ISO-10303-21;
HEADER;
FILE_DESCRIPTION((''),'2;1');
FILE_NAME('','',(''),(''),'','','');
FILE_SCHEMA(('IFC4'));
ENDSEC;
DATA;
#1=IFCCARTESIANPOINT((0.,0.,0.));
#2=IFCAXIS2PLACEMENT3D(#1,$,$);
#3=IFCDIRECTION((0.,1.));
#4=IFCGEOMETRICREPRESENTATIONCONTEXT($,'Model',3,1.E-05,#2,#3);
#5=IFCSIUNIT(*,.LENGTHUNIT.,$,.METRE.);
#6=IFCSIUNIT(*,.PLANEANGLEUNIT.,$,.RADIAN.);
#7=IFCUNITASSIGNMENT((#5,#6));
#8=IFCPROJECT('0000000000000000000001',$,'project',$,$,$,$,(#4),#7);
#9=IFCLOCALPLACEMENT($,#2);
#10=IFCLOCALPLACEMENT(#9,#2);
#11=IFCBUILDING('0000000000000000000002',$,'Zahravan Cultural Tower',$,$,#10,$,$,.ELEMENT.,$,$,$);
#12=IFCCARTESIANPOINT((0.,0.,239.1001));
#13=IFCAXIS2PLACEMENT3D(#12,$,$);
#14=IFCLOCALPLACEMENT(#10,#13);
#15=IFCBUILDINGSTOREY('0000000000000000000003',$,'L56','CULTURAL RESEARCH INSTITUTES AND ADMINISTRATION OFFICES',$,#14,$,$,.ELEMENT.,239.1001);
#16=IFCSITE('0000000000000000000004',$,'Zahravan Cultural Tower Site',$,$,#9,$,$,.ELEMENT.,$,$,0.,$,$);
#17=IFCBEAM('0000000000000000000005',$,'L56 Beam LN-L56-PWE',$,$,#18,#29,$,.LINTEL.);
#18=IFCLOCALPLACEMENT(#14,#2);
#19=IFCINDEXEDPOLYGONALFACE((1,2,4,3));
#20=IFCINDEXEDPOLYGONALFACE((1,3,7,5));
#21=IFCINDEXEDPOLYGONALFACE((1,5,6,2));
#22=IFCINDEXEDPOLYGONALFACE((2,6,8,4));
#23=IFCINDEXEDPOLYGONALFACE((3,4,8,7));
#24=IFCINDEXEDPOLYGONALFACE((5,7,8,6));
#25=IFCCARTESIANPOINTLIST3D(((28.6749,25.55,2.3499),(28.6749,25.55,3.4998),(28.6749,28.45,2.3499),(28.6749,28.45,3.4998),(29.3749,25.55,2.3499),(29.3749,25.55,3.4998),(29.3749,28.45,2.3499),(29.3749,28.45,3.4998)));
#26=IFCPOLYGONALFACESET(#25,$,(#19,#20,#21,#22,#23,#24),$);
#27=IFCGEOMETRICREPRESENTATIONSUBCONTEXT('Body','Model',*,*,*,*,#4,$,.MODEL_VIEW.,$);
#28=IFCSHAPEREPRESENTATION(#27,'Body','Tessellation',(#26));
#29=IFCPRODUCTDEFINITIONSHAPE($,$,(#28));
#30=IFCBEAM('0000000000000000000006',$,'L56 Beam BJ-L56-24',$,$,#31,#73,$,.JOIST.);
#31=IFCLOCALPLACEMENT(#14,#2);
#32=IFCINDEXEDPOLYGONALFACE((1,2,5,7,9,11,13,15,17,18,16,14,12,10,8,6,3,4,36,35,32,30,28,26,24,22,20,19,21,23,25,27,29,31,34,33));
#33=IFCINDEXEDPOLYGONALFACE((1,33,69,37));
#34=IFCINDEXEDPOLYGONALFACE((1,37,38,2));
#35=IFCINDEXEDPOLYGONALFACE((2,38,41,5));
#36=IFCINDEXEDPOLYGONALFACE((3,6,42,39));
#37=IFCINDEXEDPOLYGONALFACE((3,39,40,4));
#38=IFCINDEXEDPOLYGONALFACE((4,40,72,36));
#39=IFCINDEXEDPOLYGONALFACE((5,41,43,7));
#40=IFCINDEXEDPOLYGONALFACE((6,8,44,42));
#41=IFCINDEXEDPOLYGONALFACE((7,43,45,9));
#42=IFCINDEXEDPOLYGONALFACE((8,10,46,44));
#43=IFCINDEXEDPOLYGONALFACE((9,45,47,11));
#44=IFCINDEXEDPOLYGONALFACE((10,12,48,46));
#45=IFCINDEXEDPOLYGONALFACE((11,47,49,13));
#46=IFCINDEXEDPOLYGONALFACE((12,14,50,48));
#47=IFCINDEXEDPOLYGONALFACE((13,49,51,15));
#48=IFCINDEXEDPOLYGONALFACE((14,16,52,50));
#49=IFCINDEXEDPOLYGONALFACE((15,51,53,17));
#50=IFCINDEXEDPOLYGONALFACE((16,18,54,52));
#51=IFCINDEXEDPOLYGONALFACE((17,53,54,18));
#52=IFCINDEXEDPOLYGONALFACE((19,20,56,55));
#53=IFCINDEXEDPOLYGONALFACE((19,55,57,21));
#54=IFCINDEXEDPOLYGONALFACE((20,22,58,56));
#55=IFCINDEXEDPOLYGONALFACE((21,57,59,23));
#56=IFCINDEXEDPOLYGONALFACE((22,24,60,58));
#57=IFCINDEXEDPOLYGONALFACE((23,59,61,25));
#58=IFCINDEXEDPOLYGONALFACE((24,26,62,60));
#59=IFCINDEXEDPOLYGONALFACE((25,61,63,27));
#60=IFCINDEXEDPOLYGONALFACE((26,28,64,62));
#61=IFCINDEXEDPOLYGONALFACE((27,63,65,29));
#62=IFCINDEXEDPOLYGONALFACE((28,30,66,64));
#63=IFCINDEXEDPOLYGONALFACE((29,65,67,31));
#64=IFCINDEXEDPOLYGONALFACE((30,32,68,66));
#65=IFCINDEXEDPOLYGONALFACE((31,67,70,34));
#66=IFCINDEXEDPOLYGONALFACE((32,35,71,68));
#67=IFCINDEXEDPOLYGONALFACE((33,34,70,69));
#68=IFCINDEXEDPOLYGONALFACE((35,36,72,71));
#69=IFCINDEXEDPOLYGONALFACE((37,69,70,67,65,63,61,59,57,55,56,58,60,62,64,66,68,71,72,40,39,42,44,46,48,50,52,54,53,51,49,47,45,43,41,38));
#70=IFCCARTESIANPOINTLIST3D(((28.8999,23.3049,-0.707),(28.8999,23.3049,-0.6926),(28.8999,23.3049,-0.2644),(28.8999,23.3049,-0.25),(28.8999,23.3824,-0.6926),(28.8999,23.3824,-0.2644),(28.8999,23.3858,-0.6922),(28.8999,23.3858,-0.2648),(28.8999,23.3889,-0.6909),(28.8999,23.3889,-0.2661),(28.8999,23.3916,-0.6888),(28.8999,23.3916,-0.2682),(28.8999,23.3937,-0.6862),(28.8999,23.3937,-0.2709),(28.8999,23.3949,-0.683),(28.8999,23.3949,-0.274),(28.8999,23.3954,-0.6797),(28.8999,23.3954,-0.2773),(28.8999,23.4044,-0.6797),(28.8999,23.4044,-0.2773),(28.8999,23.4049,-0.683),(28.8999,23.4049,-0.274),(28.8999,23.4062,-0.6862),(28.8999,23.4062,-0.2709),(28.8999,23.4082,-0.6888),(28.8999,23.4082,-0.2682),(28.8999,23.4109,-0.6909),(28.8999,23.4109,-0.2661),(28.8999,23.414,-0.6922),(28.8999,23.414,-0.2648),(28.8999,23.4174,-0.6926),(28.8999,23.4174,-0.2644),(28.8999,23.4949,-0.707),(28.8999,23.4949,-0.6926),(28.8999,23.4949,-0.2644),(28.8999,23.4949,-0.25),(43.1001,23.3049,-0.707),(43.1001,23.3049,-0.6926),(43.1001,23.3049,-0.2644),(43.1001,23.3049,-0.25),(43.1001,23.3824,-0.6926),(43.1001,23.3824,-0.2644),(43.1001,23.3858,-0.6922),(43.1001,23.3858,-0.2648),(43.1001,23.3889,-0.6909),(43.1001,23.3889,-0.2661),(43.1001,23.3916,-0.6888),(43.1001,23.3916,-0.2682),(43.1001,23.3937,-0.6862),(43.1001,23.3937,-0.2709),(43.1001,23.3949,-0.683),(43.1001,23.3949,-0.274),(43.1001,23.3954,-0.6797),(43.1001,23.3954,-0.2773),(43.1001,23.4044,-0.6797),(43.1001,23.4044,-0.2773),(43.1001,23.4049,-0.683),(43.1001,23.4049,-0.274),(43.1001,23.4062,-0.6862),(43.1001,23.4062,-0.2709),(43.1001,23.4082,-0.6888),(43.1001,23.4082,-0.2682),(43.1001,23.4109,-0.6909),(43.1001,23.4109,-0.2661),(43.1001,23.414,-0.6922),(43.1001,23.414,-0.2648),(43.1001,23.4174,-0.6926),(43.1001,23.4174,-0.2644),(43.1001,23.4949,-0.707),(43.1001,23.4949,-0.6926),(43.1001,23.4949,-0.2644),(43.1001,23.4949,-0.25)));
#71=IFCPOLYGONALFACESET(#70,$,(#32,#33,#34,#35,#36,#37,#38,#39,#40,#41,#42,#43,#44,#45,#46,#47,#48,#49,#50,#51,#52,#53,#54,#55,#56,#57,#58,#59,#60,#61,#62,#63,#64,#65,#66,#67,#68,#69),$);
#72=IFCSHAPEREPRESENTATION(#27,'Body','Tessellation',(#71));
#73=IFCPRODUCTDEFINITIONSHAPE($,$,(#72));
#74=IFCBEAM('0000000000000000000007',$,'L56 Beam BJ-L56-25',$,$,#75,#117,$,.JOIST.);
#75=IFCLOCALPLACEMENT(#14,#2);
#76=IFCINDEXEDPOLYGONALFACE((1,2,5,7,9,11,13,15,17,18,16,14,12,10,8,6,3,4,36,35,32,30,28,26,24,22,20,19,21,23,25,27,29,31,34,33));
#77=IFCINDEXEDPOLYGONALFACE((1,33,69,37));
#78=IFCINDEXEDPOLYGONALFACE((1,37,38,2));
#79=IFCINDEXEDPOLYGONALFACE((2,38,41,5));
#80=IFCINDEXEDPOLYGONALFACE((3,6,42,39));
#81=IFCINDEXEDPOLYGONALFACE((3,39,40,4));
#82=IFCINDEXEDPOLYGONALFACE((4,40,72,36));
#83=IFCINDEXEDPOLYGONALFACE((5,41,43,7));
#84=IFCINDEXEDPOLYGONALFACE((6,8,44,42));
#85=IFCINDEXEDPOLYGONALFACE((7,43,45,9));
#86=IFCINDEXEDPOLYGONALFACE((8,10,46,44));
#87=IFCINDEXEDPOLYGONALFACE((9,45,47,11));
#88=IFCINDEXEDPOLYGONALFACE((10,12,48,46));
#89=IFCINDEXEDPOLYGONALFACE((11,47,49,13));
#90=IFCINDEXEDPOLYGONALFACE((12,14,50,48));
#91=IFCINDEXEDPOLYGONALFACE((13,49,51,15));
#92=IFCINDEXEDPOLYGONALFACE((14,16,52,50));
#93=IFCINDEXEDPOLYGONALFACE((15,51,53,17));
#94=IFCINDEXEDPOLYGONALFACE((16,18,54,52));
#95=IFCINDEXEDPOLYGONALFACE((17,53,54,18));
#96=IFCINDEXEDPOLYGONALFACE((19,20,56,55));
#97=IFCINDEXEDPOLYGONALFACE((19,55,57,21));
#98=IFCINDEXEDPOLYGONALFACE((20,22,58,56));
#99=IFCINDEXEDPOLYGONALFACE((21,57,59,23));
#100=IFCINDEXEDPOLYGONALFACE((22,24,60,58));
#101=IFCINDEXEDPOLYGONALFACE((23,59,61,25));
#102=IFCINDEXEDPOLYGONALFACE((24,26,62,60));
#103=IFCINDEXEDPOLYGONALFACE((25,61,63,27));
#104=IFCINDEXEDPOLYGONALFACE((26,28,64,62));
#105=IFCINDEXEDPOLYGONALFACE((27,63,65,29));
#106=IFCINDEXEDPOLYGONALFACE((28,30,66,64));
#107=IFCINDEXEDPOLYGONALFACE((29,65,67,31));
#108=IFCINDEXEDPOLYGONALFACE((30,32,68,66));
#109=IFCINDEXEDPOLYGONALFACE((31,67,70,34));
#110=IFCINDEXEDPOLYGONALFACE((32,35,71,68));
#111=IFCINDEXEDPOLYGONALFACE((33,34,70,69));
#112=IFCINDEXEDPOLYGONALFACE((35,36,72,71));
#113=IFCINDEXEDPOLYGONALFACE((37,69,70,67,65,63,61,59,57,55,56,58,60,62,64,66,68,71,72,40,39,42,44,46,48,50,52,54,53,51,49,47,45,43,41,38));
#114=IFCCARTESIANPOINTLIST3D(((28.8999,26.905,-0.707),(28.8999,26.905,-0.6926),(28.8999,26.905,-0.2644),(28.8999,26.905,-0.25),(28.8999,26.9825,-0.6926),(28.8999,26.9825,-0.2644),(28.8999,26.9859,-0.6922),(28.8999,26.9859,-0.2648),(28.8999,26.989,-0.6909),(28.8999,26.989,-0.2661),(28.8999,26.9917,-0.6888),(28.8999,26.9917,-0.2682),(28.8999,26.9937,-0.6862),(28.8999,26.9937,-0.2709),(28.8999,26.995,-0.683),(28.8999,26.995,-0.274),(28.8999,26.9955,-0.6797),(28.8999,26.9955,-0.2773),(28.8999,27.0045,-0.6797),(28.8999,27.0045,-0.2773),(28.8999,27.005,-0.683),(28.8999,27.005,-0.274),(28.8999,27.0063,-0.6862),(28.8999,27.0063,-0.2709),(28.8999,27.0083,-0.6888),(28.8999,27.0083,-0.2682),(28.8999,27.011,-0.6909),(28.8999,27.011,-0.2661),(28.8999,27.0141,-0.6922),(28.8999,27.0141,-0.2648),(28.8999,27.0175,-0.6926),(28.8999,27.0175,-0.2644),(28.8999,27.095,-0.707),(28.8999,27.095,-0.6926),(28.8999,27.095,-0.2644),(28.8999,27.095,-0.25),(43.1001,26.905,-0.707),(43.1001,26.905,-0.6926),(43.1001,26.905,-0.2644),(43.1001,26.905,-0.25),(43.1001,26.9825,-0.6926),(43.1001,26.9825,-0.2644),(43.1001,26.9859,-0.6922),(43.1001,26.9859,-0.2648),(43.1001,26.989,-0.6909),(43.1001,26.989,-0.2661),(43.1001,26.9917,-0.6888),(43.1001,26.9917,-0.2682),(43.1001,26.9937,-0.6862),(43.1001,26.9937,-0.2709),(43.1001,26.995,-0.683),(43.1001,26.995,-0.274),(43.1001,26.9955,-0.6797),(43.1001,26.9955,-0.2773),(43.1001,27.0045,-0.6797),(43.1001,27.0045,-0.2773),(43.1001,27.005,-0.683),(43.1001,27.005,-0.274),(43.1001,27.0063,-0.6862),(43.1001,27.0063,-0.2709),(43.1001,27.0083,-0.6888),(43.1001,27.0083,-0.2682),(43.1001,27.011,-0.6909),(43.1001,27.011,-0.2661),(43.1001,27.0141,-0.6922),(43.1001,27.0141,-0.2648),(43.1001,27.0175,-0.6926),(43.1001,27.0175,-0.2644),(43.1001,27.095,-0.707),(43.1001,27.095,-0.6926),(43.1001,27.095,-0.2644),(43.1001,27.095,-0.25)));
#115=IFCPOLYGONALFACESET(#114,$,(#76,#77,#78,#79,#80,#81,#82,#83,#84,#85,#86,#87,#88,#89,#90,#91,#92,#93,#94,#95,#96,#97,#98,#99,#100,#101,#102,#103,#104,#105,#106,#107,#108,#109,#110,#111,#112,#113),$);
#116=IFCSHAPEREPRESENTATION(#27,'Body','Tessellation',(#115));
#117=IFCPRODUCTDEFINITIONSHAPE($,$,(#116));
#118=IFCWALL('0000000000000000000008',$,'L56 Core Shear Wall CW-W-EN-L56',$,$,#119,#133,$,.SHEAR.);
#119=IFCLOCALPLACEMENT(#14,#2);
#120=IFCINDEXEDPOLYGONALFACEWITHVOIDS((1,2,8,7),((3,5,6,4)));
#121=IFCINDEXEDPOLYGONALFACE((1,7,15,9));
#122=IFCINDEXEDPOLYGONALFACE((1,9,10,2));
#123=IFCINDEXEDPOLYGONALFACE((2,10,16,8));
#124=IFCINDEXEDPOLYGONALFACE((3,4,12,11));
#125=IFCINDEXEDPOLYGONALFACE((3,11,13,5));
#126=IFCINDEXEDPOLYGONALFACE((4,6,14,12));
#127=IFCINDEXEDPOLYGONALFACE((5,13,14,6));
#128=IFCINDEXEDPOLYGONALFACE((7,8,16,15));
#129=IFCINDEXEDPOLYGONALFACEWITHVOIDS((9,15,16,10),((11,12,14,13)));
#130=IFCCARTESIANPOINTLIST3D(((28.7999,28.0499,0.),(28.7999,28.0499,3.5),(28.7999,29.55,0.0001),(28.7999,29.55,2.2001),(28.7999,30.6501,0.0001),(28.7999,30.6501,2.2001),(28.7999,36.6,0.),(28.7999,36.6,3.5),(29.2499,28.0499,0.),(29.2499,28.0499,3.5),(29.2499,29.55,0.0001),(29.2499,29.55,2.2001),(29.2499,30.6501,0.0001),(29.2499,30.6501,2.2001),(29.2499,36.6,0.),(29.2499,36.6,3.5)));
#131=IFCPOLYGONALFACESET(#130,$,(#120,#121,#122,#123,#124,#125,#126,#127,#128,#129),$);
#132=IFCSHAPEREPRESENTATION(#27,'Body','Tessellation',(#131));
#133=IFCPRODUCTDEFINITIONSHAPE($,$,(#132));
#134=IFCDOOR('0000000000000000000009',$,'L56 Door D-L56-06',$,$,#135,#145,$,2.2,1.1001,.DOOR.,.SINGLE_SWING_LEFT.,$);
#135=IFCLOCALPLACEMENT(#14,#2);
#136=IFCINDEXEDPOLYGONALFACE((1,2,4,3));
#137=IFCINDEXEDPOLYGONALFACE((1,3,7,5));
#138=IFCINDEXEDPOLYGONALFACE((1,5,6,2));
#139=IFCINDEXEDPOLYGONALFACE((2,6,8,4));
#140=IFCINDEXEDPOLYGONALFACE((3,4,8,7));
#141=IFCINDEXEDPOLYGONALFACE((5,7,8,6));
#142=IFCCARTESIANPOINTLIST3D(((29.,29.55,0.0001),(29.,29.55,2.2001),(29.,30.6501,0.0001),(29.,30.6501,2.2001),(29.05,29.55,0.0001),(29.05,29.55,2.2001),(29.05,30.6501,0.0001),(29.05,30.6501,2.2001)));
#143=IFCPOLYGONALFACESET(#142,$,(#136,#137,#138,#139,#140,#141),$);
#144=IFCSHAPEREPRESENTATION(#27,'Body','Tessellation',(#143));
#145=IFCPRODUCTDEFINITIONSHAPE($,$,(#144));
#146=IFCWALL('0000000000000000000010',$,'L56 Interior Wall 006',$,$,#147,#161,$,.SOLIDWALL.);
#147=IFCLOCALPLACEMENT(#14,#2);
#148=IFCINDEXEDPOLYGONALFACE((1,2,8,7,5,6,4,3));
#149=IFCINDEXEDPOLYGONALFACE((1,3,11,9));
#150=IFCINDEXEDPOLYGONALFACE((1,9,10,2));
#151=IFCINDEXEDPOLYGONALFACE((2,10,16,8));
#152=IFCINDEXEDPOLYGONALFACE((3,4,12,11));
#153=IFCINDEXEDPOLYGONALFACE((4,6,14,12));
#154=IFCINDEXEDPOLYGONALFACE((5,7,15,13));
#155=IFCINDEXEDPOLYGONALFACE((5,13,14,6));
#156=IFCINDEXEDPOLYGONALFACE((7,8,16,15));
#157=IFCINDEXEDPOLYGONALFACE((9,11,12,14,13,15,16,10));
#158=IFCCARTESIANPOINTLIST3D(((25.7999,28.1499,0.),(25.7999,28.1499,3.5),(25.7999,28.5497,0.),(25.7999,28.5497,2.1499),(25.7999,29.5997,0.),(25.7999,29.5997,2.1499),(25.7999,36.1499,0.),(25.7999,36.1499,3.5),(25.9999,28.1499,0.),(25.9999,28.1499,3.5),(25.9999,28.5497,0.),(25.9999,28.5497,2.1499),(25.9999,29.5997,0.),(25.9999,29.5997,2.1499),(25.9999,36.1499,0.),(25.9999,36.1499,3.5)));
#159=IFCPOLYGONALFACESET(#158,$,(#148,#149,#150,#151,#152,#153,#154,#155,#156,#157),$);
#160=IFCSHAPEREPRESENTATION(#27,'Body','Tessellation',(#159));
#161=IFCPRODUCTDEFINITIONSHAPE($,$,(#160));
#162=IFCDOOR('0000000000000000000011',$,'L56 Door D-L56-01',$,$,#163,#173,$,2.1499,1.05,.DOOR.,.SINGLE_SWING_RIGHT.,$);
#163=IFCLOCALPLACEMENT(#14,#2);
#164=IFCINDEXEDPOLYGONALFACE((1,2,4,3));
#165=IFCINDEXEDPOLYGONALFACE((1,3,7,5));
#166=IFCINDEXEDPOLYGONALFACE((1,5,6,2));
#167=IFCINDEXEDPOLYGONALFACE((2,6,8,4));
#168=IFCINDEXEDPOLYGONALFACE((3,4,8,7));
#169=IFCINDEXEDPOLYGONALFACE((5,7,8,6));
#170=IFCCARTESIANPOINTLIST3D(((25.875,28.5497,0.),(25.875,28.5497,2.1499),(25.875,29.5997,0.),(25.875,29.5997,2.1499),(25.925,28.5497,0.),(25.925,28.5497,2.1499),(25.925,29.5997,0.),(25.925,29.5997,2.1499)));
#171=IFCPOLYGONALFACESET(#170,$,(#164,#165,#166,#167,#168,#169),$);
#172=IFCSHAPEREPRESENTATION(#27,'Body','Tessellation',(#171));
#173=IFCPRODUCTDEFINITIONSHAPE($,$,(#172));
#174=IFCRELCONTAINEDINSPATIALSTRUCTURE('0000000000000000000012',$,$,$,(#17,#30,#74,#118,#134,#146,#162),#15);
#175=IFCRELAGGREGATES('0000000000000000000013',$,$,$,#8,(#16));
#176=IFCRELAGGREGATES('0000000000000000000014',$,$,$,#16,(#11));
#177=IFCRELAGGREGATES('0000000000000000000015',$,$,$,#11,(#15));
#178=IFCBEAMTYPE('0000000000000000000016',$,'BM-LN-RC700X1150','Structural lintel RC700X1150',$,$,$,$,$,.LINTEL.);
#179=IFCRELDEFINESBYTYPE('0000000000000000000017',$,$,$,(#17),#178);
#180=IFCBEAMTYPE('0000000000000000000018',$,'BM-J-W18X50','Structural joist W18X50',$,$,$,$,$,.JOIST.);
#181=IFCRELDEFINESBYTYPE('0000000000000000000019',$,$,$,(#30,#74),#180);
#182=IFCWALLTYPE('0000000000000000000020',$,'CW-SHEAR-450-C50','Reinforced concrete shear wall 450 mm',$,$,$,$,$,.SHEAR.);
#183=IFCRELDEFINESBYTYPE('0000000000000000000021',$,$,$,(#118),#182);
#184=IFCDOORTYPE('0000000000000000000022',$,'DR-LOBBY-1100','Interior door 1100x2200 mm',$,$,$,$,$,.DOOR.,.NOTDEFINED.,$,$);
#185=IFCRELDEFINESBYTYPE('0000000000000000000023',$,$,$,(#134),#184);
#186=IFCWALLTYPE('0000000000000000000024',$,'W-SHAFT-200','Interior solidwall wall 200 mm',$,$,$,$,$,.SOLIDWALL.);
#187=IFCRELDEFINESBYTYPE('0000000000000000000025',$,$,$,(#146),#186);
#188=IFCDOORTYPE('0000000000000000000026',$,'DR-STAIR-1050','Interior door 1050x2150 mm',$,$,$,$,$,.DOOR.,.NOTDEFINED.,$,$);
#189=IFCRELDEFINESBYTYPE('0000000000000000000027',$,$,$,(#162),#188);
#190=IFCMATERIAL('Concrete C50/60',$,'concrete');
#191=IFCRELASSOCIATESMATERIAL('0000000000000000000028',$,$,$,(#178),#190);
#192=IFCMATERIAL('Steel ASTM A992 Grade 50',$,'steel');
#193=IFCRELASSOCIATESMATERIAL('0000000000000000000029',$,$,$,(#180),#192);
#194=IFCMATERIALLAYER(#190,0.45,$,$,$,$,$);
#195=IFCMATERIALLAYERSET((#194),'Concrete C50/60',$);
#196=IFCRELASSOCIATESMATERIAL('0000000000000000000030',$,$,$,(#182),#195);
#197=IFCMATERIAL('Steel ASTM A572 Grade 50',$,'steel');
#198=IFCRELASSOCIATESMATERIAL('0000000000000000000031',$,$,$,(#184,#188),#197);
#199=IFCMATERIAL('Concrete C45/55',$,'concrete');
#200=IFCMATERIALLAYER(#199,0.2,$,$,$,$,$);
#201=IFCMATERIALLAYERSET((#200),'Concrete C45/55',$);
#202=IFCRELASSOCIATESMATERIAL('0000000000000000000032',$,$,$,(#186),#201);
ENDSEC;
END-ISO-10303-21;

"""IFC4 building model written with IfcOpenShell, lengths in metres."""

from ifc_helpers import new_model, si_unit, direction, frame, frame_2d, origin, origin_2d, place, context, subcontext, project, spatial, rectangle, i_section, extrude, source, transform, mapped, material, layer, layer_set, material_profile, profile_set, type_object, element, fill, save


model = new_model("IFC4")

# Units and contexts
model_context = context("Model", 3, precision=1e-05, world=origin(), true_north=direction((0.0, 1.0)))
body_context = subcontext(model_context, "Body", "Model", "MODEL_VIEW")
ifc_project = project(units=[si_unit("LENGTHUNIT", "METRE"), si_unit("PLANEANGLEUNIT", "RADIAN")], contexts=[model_context])

# Site, building, storey
site_placement = place(None, origin())
site = spatial("IfcSite", under=ifc_project, at=site_placement, Name="Zahravan Cultural Tower Site", CompositionType="ELEMENT", RefElevation=0.0)
building_placement = place(site_placement, origin())
building = spatial("IfcBuilding", under=site, at=building_placement, Name="Zahravan Cultural Tower", CompositionType="ELEMENT")
storey_placement = place(building_placement, frame((0.0, 0.0, 239.1001)))
storey = spatial("IfcBuildingStorey", under=building, at=storey_placement, Name="L56", Description="CULTURAL RESEARCH INSTITUTES AND ADMINISTRATION OFFICES", CompositionType="ELEMENT", Elevation=239.1001)

# Beams
ifc_material_1 = material(Name="Concrete C50/60", Category="concrete")
ifc_material_profile_1 = material_profile(ifc_material_1, rectangle(XDim=0.7, YDim=1.1499, at=origin_2d()), Name="RC700X1150")
ifc_profile_set_1 = profile_set([ifc_material_profile_1], Name="Concrete C50/60")
beam_type_1 = type_object("IfcBeamType", Name="BM-LN-RC700X1150", Description="Structural lintel RC700X1150", PredefinedType="LINTEL", material=ifc_profile_set_1)
shared_shape_1 = source(origin(), body_context, "Body", "SweptSolid", [
    extrude(rectangle(XDim=0.7, YDim=1.1499, at=origin_2d()), origin(), (0.0, 0.0, 1.0), 2.8999),
])
beam_placement = place(storey_placement, frame((29.0249, 25.55, 2.9248), z_axis=(0.0, 1.0, 0.0), x_axis=(-1.0, 0.0, 0.0)))
element("IfcBeam", 1, at=beam_placement, inside=storey, type_object=beam_type_1, Name="L56 Beam LN-L56-PWE", PredefinedType="LINTEL", context=body_context, shape_type="MappedRepresentation", body=[
    mapped(shared_shape_1, transform((0.0, 0.0, 0.0), x_axis=(1.0, 0.0, 0.0), y_axis=(0.0, 1.0, 0.0), z_axis=(0.0, 0.0, 1.0), scale=1.0)),
])
ifc_material_2 = material(Name="Steel ASTM A992 Grade 50", Category="steel")
ifc_material_profile_2 = material_profile(ifc_material_2, i_section(OverallWidth=0.1899, OverallDepth=0.457, WebThickness=0.009, FlangeThickness=0.0144, FilletRadius=0.0129, at=origin_2d()), Name="W18X50")
ifc_profile_set_2 = profile_set([ifc_material_profile_2], Name="Steel ASTM A992 Grade 50")
beam_type_2 = type_object("IfcBeamType", Name="BM-J-W18X50", Description="Structural joist W18X50", PredefinedType="JOIST", material=ifc_profile_set_2)
shared_shape_2 = source(origin(), body_context, "Body", "SweptSolid", [
    extrude(i_section(OverallWidth=0.1899, OverallDepth=0.457, WebThickness=0.009, FlangeThickness=0.0144, FilletRadius=0.0129, at=origin_2d()), origin(), (0.0, 0.0, 1.0), 14.2002),
])
for number, where, z_axis, x_axis, name in (
    (2, (28.8999, 23.3999, -0.4785), (1.0, 0.0, 0.0), (0.0, 1.0, 0.0), "L56 Beam BJ-L56-24"),
    (3, (28.8999, 27.0, -0.4785), (1.0, 0.0, 0.0), (0.0, 1.0, 0.0), "L56 Beam BJ-L56-25"),
):
    element("IfcBeam", number, at=place(storey_placement, frame(where, z_axis=z_axis, x_axis=x_axis)), inside=storey, type_object=beam_type_2, Name=name, PredefinedType="JOIST", context=body_context, shape_type="MappedRepresentation", body=[
        mapped(shared_shape_2, transform((0.0, 0.0, 0.0), x_axis=(1.0, 0.0, 0.0), y_axis=(0.0, 1.0, 0.0), z_axis=(0.0, 0.0, 1.0), scale=1.0)),
    ])

# Walls, openings, doors
ifc_layer_1 = layer(ifc_material_1, 0.45)
ifc_layer_set_1 = layer_set([ifc_layer_1], Name="Concrete C50/60")
wall_type_1 = type_object("IfcWallType", Name="CW-SHEAR-450-C50", Description="Reinforced concrete shear wall 450 mm", PredefinedType="SHEAR", material=ifc_layer_set_1)
wall_1_placement = place(storey_placement, frame((29.0249, 28.05, 0.0), z_axis=(0.0, 0.0, 1.0), x_axis=(0.0, 1.0, 0.0)))
wall_1 = element("IfcWall", 4, at=wall_1_placement, inside=storey, type_object=wall_type_1, Name="L56 Core Shear Wall CW-W-EN-L56", PredefinedType="SHEAR", context=body_context, shape_type="SweptSolid", body=[
    extrude(rectangle(XDim=8.55, YDim=0.45, at=frame_2d((4.2749, 0.0))), origin(), (0.0, 0.0, 1.0), 3.5),
])
opening_1_placement = place(wall_1_placement, frame((1.5, 0.0, 0.0)))
opening_1 = element("IfcOpeningElement", 5, at=opening_1_placement, cuts=wall_1, PredefinedType="OPENING", context=body_context, shape_type="SweptSolid", body=[
    extrude(rectangle(XDim=1.1001, YDim=2.2, at=frame_2d((0.55, 1.1001))), frame((0.0, 0.2349, 0.0), z_axis=(0.0, -1.0, 0.0), x_axis=(1.0, 0.0, 0.0)), (0.0, 0.0, 1.0), 0.47),
])
ifc_material_3 = material(Name="Steel ASTM A572 Grade 50", Category="steel")
door_type_1 = type_object("IfcDoorType", Name="DR-LOBBY-1100", Description="Interior door 1100x2200 mm", OperationType="NOTDEFINED", PredefinedType="DOOR", material=ifc_material_3)
shared_shape_3 = source(origin(), body_context, "Body", "SweptSolid", [
    extrude(rectangle(XDim=1.1001, YDim=2.2, at=frame_2d((0.55, 1.1001))), frame((0.0, 0.0249, 0.0), z_axis=(0.0, -1.0, 0.0), x_axis=(1.0, 0.0, 0.0)), (0.0, 0.0, 1.0), 0.05),
])
door_1_placement = place(opening_1_placement, origin())
door_1 = element("IfcDoor", 6, at=door_1_placement, inside=storey, type_object=door_type_1, Name="L56 Door D-L56-06", OperationType="SINGLE_SWING_LEFT", OverallHeight=2.2, OverallWidth=1.1001, PredefinedType="DOOR", context=body_context, shape_type="MappedRepresentation", body=[
    mapped(shared_shape_3, transform((0.0, 0.0, 0.0), x_axis=(1.0, 0.0, 0.0), y_axis=(0.0, 1.0, 0.0), z_axis=(0.0, 0.0, 1.0), scale=1.0)),
])
fill(opening_1, door_1)
ifc_material_4 = material(Name="Concrete C45/55", Category="concrete")
ifc_layer_2 = layer(ifc_material_4, 0.2)
ifc_layer_set_2 = layer_set([ifc_layer_2], Name="Concrete C45/55")
wall_type_2 = type_object("IfcWallType", Name="W-SHAFT-200", Description="Interior solidwall wall 200 mm", PredefinedType="SOLIDWALL", material=ifc_layer_set_2)
wall_2_placement = place(storey_placement, frame((25.8999, 28.1499, 0.0), z_axis=(0.0, 0.0, 1.0), x_axis=(0.0, 1.0, 0.0)))
wall_2 = element("IfcWall", 7, at=wall_2_placement, inside=storey, type_object=wall_type_2, Name="L56 Interior Wall 006", PredefinedType="SOLIDWALL", context=body_context, shape_type="SweptSolid", body=[
    extrude(rectangle(XDim=8.0, YDim=0.2, at=frame_2d((4.0, 0.0))), origin(), (0.0, 0.0, 1.0), 3.5),
])
opening_2_placement = place(wall_2_placement, frame((0.3999, 0.0, 0.0)))
opening_2 = element("IfcOpeningElement", 8, at=opening_2_placement, cuts=wall_2, PredefinedType="OPENING", context=body_context, shape_type="SweptSolid", body=[
    extrude(rectangle(XDim=1.05, YDim=2.1499, at=frame_2d((0.5249, 1.075))), frame((0.0, 0.1099, 0.0), z_axis=(0.0, -1.0, 0.0), x_axis=(1.0, 0.0, 0.0)), (0.0, 0.0, 1.0), 0.22),
])
door_type_2 = type_object("IfcDoorType", Name="DR-STAIR-1050", Description="Interior door 1050x2150 mm", OperationType="NOTDEFINED", PredefinedType="DOOR", material=ifc_material_3)
shared_shape_4 = source(origin(), body_context, "Body", "SweptSolid", [
    extrude(rectangle(XDim=1.05, YDim=2.1499, at=frame_2d((0.5249, 1.075))), frame((0.0, 0.0249, 0.0), z_axis=(0.0, -1.0, 0.0), x_axis=(1.0, 0.0, 0.0)), (0.0, 0.0, 1.0), 0.05),
])
door_2_placement = place(opening_2_placement, origin())
door_2 = element("IfcDoor", 9, at=door_2_placement, inside=storey, type_object=door_type_2, Name="L56 Door D-L56-01", OperationType="SINGLE_SWING_RIGHT", OverallHeight=2.1499, OverallWidth=1.05, PredefinedType="DOOR", context=body_context, shape_type="MappedRepresentation", body=[
    mapped(shared_shape_4, transform((0.0, 0.0, 0.0), x_axis=(1.0, 0.0, 0.0), y_axis=(0.0, 1.0, 0.0), z_axis=(0.0, 0.0, 1.0), scale=1.0)),
])
fill(opening_2, door_2)

save(model, "model.ifc")
